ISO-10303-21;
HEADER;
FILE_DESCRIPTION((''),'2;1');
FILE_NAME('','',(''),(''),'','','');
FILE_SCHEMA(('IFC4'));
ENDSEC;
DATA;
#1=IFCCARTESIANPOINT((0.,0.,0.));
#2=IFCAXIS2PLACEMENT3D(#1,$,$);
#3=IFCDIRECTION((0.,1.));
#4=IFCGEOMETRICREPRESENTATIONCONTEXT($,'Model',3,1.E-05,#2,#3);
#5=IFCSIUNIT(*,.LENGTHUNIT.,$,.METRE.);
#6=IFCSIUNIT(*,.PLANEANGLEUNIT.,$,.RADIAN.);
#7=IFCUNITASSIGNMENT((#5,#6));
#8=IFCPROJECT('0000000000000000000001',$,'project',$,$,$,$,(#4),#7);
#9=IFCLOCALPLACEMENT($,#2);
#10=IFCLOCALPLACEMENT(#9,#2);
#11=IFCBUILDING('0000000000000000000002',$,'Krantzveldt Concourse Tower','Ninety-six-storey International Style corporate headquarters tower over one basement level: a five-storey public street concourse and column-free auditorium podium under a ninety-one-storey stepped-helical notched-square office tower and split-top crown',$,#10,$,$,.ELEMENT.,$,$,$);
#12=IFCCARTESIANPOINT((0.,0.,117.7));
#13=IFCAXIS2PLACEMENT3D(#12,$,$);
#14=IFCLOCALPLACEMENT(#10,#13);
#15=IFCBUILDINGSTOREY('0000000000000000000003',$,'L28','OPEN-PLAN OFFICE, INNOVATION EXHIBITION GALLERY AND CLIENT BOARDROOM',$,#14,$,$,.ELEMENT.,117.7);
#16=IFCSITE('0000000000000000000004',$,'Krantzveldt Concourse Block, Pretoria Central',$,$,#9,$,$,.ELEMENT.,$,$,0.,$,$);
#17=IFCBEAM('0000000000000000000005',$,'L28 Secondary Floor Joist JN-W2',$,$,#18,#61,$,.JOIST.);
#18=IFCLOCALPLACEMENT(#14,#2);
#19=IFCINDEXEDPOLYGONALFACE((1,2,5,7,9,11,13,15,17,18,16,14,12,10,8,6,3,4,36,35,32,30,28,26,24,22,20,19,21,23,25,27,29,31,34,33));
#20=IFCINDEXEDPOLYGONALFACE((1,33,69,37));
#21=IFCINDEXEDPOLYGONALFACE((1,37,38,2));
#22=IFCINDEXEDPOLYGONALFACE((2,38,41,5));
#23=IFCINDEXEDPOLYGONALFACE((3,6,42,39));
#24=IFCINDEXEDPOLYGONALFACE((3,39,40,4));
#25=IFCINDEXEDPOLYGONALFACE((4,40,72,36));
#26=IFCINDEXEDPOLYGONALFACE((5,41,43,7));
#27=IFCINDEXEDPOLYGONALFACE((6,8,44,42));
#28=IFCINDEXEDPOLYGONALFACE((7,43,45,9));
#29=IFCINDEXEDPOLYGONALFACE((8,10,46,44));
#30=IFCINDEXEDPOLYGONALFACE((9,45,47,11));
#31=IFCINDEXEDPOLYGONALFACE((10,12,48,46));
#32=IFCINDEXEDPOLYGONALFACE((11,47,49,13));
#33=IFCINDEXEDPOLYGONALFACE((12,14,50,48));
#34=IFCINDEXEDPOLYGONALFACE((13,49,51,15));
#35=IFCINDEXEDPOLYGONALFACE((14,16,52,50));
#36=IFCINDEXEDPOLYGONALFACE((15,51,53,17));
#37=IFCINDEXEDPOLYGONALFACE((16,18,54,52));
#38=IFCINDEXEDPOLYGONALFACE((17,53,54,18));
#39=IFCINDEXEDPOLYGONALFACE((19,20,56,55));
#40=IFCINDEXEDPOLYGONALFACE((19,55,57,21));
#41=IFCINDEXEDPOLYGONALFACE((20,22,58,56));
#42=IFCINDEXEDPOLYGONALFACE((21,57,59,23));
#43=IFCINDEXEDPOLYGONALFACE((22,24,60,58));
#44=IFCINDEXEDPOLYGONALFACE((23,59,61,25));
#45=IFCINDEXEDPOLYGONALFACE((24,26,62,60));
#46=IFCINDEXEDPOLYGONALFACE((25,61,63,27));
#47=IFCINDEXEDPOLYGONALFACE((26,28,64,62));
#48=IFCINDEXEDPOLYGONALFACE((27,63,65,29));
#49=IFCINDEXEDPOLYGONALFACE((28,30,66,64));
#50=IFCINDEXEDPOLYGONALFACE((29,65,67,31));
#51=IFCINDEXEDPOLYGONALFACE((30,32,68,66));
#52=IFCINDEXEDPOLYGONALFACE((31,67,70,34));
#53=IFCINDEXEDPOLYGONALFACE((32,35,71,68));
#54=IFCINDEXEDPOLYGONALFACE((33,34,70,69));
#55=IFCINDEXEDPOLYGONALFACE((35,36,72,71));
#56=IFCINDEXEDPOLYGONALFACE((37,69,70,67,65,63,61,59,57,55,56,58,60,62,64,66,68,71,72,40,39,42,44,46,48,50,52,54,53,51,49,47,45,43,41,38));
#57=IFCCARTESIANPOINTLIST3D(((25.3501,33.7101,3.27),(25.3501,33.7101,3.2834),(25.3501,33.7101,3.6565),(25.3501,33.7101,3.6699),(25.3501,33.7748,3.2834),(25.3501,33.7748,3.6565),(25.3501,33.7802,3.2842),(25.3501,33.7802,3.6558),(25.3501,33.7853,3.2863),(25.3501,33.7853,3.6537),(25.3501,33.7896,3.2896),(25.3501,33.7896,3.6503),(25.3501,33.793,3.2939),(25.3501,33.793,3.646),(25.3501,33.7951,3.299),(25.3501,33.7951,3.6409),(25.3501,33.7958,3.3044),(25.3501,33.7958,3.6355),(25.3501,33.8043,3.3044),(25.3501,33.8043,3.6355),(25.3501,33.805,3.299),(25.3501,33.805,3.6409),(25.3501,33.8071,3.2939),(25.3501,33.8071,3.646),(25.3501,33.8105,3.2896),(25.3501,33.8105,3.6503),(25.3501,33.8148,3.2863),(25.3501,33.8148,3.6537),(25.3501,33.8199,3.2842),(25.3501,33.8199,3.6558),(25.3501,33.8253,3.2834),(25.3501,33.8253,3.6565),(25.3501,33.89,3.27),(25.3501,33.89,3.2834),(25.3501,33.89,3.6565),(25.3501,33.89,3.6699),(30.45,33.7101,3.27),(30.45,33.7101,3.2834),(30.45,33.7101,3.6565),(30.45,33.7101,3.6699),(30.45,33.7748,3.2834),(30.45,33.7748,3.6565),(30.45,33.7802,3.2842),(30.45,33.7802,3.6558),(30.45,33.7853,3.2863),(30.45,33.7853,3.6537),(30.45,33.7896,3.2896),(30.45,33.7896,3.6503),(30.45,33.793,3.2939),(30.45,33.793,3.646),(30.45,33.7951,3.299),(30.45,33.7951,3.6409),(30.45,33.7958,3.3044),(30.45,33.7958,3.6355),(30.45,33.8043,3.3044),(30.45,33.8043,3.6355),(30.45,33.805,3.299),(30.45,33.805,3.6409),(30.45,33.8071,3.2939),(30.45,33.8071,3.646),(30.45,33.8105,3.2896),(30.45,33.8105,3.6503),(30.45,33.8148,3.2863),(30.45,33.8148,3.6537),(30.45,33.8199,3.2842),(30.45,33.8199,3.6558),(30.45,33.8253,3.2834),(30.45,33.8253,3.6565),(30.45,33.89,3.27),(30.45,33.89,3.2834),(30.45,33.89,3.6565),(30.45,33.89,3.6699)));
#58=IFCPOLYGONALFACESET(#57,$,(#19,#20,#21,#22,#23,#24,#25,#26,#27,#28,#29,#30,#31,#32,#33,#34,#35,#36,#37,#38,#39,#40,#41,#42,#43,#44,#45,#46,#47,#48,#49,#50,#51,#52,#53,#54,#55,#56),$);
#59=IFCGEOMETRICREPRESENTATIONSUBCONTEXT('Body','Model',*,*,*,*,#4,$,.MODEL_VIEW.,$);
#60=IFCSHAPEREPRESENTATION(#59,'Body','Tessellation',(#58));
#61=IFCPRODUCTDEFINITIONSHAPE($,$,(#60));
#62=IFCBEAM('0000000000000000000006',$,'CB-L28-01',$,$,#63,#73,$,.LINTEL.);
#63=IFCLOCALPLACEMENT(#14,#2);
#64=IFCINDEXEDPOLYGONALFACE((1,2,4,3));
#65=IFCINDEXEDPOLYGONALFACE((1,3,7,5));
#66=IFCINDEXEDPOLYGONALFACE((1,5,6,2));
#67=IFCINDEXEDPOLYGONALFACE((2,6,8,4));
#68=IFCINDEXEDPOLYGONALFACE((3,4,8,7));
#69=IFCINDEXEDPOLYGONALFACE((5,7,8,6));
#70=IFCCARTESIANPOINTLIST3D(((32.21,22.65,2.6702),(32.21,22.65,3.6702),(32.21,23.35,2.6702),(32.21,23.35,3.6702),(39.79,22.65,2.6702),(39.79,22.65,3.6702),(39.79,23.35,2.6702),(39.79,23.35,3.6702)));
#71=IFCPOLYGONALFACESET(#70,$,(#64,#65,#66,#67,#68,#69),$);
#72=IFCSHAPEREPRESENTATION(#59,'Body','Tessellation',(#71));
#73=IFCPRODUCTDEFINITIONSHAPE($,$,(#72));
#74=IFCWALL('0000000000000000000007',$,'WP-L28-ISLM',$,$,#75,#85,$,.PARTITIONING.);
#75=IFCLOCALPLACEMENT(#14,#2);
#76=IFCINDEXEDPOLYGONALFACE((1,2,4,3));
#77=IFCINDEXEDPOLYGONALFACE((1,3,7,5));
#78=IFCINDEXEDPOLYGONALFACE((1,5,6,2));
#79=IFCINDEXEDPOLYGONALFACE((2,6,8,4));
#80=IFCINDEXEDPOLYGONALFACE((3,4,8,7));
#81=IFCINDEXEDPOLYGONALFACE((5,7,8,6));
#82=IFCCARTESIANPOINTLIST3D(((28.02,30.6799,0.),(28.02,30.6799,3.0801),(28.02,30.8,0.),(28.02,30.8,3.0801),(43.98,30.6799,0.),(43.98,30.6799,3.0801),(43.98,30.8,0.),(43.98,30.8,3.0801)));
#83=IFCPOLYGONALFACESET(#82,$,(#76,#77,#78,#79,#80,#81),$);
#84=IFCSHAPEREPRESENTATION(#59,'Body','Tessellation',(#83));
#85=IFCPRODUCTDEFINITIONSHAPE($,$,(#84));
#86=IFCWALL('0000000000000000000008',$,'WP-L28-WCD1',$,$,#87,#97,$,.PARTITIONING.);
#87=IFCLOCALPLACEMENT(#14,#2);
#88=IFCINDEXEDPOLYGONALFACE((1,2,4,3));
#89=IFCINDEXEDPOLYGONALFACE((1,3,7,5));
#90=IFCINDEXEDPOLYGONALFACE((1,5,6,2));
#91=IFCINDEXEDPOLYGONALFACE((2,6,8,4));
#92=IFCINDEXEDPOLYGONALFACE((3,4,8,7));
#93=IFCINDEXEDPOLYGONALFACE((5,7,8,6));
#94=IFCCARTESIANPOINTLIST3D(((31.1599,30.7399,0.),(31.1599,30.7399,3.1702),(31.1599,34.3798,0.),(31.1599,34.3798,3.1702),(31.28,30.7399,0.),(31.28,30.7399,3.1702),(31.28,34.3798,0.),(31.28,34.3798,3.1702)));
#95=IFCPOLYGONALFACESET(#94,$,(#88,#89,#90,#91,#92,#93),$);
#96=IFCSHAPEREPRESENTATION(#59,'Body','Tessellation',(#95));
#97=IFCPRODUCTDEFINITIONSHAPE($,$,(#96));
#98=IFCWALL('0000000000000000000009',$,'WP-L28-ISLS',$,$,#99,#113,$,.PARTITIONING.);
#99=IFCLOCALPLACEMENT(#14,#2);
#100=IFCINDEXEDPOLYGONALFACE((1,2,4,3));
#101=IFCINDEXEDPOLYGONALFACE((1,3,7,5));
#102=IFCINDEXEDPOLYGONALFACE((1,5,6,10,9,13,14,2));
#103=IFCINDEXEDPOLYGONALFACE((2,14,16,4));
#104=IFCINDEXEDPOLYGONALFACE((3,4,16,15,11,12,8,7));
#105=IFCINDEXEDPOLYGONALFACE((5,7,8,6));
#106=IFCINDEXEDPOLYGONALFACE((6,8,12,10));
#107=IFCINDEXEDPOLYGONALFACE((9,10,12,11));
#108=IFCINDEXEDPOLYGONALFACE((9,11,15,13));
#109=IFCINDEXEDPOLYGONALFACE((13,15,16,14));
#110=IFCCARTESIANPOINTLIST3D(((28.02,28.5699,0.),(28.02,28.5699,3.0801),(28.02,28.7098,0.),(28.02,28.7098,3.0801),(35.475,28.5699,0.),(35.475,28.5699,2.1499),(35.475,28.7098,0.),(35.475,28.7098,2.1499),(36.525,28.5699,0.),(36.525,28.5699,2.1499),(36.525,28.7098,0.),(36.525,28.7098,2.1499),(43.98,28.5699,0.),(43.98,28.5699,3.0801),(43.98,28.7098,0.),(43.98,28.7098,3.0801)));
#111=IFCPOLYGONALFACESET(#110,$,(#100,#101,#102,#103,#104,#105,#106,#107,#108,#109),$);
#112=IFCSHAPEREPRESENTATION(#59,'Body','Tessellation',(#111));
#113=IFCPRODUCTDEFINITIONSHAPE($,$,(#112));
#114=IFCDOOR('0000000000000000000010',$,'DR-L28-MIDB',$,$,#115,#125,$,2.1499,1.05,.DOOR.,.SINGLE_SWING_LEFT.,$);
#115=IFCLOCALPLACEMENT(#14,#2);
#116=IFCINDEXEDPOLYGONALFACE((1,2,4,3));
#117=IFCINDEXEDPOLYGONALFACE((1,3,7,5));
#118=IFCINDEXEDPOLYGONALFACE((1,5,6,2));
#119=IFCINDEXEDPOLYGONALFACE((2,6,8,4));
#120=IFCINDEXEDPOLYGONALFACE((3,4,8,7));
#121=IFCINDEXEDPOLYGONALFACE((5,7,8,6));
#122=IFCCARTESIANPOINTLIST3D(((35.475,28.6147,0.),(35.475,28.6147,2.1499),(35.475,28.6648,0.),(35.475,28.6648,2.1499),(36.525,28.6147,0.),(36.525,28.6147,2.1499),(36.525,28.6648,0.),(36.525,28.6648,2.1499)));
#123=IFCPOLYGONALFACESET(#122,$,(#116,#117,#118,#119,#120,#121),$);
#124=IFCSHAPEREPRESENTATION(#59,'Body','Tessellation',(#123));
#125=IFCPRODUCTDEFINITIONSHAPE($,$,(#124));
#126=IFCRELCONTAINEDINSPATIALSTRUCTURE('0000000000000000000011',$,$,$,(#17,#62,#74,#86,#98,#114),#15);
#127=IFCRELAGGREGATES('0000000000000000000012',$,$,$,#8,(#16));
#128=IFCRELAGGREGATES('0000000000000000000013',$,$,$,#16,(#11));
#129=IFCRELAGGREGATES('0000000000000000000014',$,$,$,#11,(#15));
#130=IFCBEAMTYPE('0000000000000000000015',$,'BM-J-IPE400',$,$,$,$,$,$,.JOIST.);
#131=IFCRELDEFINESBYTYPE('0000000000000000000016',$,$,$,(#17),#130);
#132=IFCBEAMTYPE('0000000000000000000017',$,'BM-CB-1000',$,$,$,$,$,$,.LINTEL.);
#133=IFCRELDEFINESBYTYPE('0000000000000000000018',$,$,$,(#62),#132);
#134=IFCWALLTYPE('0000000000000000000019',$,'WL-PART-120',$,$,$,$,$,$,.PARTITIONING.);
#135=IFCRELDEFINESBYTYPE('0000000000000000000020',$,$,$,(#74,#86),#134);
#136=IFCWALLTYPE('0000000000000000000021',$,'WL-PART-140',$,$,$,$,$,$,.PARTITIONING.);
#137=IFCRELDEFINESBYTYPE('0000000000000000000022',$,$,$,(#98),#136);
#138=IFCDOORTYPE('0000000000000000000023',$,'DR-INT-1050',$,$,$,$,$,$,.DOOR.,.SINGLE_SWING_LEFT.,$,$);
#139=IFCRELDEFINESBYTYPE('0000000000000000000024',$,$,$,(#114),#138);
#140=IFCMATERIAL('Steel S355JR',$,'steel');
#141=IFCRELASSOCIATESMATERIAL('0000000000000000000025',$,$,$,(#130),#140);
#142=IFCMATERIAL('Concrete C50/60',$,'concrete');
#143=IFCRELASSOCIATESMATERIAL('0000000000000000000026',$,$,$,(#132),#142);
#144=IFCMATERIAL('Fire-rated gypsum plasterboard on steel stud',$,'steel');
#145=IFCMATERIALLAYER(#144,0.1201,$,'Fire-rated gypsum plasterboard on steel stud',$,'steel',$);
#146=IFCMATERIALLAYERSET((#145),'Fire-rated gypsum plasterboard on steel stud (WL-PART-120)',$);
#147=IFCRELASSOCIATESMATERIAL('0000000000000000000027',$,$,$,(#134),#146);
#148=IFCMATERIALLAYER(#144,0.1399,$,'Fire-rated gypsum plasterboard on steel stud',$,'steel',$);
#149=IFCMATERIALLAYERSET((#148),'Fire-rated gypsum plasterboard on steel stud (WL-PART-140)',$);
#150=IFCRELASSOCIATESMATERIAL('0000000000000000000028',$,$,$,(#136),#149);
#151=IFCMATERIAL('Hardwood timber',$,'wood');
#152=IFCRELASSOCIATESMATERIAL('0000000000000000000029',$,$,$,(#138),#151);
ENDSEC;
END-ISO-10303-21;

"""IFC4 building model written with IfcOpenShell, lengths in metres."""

from ifc_helpers import new_model, si_unit, direction, frame, frame_2d, origin, origin_2d, place, context, subcontext, project, spatial, rectangle, i_section, extrude, source, transform, mapped, material, layer, layer_set, material_profile, profile_set, type_object, type_shapes, element, fill, save


model = new_model("IFC4")

# Units and contexts
model_context = context("Model", 3, precision=1e-05, world=origin(), true_north=direction((0.0, 1.0)))
body_context = subcontext(model_context, "Body", "Model", "MODEL_VIEW")
ifc_project = project(units=[si_unit("LENGTHUNIT", "METRE"), si_unit("PLANEANGLEUNIT", "RADIAN")], contexts=[model_context])

# Site, building, storey
site_placement = place(None, origin())
site = spatial("IfcSite", under=ifc_project, at=site_placement, Name="Krantzveldt Concourse Block, Pretoria Central", CompositionType="ELEMENT", RefElevation=0.0)
building_placement = place(site_placement, origin())
building = spatial("IfcBuilding", under=site, at=building_placement, Name="Krantzveldt Concourse Tower", Description="Ninety-six-storey International Style corporate headquarters tower over one basement level: a five-storey public street concourse and column-free auditorium podium under a ninety-one-storey stepped-helical notched-square office tower and split-top crown", CompositionType="ELEMENT")
storey_placement = place(building_placement, frame((0.0, 0.0, 117.7)))
storey = spatial("IfcBuildingStorey", under=building, at=storey_placement, Name="L28", Description="OPEN-PLAN OFFICE, INNOVATION EXHIBITION GALLERY AND CLIENT BOARDROOM", CompositionType="ELEMENT", Elevation=117.7)

# Beams
ifc_material_1 = material(Name="Steel S355JR", Category="steel")
ifc_material_profile_1 = material_profile(ifc_material_1, i_section(OverallWidth=0.1799, OverallDepth=0.3999, WebThickness=0.0085, FlangeThickness=0.0134, FilletRadius=0.021, at=origin_2d()), Name="Steel S355JR", Category="steel")
ifc_profile_set_1 = profile_set([ifc_material_profile_1], Name="Steel S355JR - IPE 400")
beam_type_1 = type_object("IfcBeamType", Name="BM-J-IPE400", PredefinedType="JOIST", material=ifc_profile_set_1)
shared_shape_1 = source(origin(), body_context, "Body", "SweptSolid", [
    extrude(i_section(OverallWidth=0.1799, OverallDepth=0.3999, WebThickness=0.0085, FlangeThickness=0.0134, FilletRadius=0.021, at=origin_2d()), origin(), (0.0, 0.0, 1.0), 5.0999),
])
type_shapes(beam_type_1, [shared_shape_1])
beam_1_placement = place(storey_placement, frame((25.3501, 33.8, 3.47), z_axis=(1.0, 0.0, 0.0), x_axis=(0.0, 1.0, 0.0)))
element("IfcBeam", 1, at=beam_1_placement, inside=storey, type_object=beam_type_1, Name="L28 Secondary Floor Joist JN-W2", PredefinedType="JOIST", context=body_context, shape_type="MappedRepresentation", body=[
    mapped(shared_shape_1, transform((0.0, 0.0, 0.0), x_axis=(1.0, 0.0, 0.0), y_axis=(0.0, 1.0, 0.0), z_axis=(0.0, 0.0, 1.0), scale=1.0)),
])
ifc_material_2 = material(Name="Concrete C50/60", Category="concrete")
ifc_material_profile_2 = material_profile(ifc_material_2, rectangle(XDim=0.7, YDim=1.0, at=origin_2d()), Name="Concrete C50/60", Category="concrete")
ifc_profile_set_2 = profile_set([ifc_material_profile_2], Name="Concrete C50/60 - RC-CB 700x1000")
beam_type_2 = type_object("IfcBeamType", Name="BM-CB-1000", PredefinedType="LINTEL", material=ifc_profile_set_2)
shared_shape_2 = source(origin(), body_context, "Body", "SweptSolid", [
    extrude(rectangle(XDim=0.7, YDim=1.0, at=origin_2d()), origin(), (0.0, 0.0, 1.0), 7.5801),
])
type_shapes(beam_type_2, [shared_shape_2])
beam_2_placement = place(storey_placement, frame((32.21, 23.0, 3.1702), z_axis=(1.0, 0.0, 0.0), x_axis=(0.0, 1.0, 0.0)))
element("IfcBeam", 2, at=beam_2_placement, inside=storey, type_object=beam_type_2, Name="CB-L28-01", PredefinedType="LINTEL", context=body_context, shape_type="MappedRepresentation", body=[
    mapped(shared_shape_2, transform((0.0, 0.0, 0.0), x_axis=(1.0, 0.0, 0.0), y_axis=(0.0, 1.0, 0.0), z_axis=(0.0, 0.0, 1.0), scale=1.0)),
])

# Walls
ifc_material_3 = material(Name="Fire-rated gypsum plasterboard on steel stud", Category="steel")
ifc_layer_1 = layer(ifc_material_3, 0.1201, Name="Fire-rated gypsum plasterboard on steel stud", Category="steel")
ifc_layer_set_1 = layer_set([ifc_layer_1], Name="Fire-rated gypsum plasterboard on steel stud (WL-PART-120)")
wall_type_1 = type_object("IfcWallType", Name="WL-PART-120", PredefinedType="PARTITIONING", material=ifc_layer_set_1)
wall_1_placement = place(storey_placement, frame((28.02, 30.74, 0.0), z_axis=(0.0, 0.0, 1.0), x_axis=(1.0, 0.0, 0.0)))
element("IfcWall", 3, at=wall_1_placement, inside=storey, type_object=wall_type_1, Name="WP-L28-ISLM", PredefinedType="PARTITIONING", context=body_context, shape_type="SweptSolid", body=[
    extrude(rectangle(XDim=15.96, YDim=0.1201, at=frame_2d((7.98, 0.0))), origin(), (0.0, 0.0, 1.0), 3.0801),
])
wall_2_placement = place(storey_placement, frame((31.22, 30.74, 0.0), z_axis=(0.0, 0.0, 1.0), x_axis=(0.0, 1.0, 0.0)))
element("IfcWall", 4, at=wall_2_placement, inside=storey, type_object=wall_type_1, Name="WP-L28-WCD1", PredefinedType="PARTITIONING", context=body_context, shape_type="SweptSolid", body=[
    extrude(rectangle(XDim=3.6399, YDim=0.1201, at=frame_2d((1.8198, 0.0))), origin(), (0.0, 0.0, 1.0), 3.1702),
])

# Wall, opening, door
ifc_layer_2 = layer(ifc_material_3, 0.1399, Name="Fire-rated gypsum plasterboard on steel stud", Category="steel")
ifc_layer_set_2 = layer_set([ifc_layer_2], Name="Fire-rated gypsum plasterboard on steel stud (WL-PART-140)")
wall_type_2 = type_object("IfcWallType", Name="WL-PART-140", PredefinedType="PARTITIONING", material=ifc_layer_set_2)
wall_3_placement = place(storey_placement, frame((28.02, 28.6399, 0.0), z_axis=(0.0, 0.0, 1.0), x_axis=(1.0, 0.0, 0.0)))
wall_3 = element("IfcWall", 5, at=wall_3_placement, inside=storey, type_object=wall_type_2, Name="WP-L28-ISLS", PredefinedType="PARTITIONING", context=body_context, shape_type="SweptSolid", body=[
    extrude(rectangle(XDim=15.96, YDim=0.1399, at=frame_2d((7.98, 0.0))), origin(), (0.0, 0.0, 1.0), 3.0801),
])
opening_1_placement = place(wall_3_placement, frame((7.4551, 0.0, 0.0)))
opening_1 = element("IfcOpeningElement", 6, at=opening_1_placement, cuts=wall_3, PredefinedType="OPENING", context=body_context, shape_type="SweptSolid", body=[
    extrude(rectangle(XDim=1.05, YDim=2.1499, at=frame_2d((0.5249, 1.075))), frame((0.0, 0.0801, 0.0), z_axis=(0.0, -1.0, 0.0), x_axis=(1.0, 0.0, 0.0)), (0.0, 0.0, 1.0), 0.1599),
])
ifc_material_4 = material(Name="Hardwood timber", Category="wood")
door_type_1 = type_object("IfcDoorType", Name="DR-INT-1050", OperationType="SINGLE_SWING_LEFT", PredefinedType="DOOR", material=ifc_material_4)
door_1_placement = place(opening_1_placement, origin())
door_1 = element("IfcDoor", 7, at=door_1_placement, inside=storey, type_object=door_type_1, Name="DR-L28-MIDB", OperationType="SINGLE_SWING_LEFT", OverallHeight=2.1499, OverallWidth=1.05, PredefinedType="DOOR", context=body_context, shape_type="SweptSolid", body=[
    extrude(rectangle(XDim=1.05, YDim=2.1499, at=frame_2d((0.5249, 1.075))), frame((0.0, 0.0249, 0.0), z_axis=(0.0, -1.0, 0.0), x_axis=(1.0, 0.0, 0.0)), (0.0, 0.0, 1.0), 0.05),
])
fill(opening_1, door_1)

save(model, "model.ifc")
